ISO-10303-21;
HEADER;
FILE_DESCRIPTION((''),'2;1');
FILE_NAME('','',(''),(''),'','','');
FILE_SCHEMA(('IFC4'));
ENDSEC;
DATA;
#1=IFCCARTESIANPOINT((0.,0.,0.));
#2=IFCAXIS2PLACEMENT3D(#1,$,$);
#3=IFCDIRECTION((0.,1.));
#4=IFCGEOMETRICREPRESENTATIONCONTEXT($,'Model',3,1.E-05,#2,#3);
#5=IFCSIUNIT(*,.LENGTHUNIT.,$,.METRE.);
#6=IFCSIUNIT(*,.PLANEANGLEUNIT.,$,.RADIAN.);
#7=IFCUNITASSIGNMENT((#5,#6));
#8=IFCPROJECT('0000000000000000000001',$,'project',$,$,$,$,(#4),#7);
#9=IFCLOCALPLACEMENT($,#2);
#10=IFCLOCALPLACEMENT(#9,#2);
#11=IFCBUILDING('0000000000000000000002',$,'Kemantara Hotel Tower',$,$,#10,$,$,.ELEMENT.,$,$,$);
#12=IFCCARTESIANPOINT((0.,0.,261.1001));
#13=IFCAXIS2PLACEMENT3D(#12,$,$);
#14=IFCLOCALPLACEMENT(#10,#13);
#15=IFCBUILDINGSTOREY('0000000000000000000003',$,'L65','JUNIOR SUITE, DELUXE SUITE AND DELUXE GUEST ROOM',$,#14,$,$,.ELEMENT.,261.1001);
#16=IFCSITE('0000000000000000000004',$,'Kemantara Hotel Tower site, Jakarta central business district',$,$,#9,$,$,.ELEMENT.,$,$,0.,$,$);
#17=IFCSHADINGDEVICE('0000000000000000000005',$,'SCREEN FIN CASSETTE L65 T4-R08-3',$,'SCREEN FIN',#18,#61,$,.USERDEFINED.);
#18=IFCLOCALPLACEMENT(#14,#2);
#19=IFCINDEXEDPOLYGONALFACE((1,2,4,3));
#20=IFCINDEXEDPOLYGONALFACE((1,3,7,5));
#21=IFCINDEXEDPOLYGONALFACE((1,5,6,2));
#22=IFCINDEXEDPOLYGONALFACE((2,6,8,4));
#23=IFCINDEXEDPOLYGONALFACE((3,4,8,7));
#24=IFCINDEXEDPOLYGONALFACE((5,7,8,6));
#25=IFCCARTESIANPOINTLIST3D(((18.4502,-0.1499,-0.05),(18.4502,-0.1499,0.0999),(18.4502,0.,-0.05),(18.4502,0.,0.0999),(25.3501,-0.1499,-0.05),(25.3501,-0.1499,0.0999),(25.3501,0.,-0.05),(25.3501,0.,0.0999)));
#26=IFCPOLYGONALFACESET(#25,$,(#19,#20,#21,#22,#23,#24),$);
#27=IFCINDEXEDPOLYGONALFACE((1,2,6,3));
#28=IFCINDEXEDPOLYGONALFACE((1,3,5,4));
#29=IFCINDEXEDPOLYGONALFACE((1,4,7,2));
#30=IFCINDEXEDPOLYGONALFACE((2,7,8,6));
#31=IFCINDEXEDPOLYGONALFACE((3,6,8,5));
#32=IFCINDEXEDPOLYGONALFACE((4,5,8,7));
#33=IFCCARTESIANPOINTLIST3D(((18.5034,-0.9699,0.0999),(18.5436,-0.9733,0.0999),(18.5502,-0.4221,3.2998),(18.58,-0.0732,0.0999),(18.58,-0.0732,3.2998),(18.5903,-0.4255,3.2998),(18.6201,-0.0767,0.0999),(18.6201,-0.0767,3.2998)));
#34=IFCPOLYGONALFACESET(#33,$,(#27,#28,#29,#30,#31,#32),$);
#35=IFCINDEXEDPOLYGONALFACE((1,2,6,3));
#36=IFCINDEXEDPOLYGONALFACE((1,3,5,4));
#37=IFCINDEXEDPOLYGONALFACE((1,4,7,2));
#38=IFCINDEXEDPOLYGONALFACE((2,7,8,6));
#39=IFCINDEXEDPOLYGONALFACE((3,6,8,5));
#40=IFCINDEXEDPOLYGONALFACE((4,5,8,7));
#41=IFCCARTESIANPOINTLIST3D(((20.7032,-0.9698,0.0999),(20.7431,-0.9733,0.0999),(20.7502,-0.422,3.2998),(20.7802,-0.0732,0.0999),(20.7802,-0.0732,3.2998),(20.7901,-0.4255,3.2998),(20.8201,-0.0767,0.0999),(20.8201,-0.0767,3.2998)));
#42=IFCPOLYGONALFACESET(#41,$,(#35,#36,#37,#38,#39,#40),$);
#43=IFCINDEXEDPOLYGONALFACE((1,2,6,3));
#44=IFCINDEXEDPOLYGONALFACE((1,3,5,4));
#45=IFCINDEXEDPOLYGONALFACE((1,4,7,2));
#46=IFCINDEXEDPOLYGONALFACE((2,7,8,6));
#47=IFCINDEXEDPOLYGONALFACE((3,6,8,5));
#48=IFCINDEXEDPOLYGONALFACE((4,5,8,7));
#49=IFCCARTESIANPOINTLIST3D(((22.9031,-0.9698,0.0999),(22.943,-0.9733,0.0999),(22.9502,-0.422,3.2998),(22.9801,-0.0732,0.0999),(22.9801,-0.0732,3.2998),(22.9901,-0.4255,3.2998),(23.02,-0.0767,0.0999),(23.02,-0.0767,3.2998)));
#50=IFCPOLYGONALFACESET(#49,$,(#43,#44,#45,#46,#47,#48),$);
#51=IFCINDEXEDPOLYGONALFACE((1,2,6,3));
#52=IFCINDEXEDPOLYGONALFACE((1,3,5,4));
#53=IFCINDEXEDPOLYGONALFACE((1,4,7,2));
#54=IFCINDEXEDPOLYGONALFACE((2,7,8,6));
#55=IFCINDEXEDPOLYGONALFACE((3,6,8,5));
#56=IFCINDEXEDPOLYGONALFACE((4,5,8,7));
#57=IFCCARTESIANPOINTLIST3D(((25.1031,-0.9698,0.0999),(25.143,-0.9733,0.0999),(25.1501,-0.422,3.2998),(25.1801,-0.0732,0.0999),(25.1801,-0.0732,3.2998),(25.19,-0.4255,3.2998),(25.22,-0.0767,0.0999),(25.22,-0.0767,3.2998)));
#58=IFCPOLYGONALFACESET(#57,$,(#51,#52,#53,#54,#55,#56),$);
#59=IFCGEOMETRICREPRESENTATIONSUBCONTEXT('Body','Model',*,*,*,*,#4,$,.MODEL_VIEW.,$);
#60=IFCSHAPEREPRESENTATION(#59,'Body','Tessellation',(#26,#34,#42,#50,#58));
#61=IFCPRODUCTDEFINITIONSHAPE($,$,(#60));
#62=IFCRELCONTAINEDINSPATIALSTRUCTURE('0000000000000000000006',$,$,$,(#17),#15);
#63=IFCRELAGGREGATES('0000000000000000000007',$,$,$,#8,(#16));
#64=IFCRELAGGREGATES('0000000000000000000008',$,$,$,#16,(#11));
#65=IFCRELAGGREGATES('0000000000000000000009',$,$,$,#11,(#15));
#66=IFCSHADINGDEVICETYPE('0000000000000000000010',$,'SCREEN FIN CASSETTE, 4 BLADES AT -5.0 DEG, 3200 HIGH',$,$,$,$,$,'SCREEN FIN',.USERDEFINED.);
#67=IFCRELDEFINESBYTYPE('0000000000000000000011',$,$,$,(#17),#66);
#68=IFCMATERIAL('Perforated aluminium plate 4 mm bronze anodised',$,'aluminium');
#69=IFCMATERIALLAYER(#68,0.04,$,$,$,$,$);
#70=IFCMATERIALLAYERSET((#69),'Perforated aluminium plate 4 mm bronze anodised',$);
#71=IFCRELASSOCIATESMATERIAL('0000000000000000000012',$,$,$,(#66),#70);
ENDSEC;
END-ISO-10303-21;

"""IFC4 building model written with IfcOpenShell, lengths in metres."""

from ifc_helpers import new_model, si_unit, direction, frame, origin, origin_2d, place, context, subcontext, project, spatial, polyline, rectangle, outline, extrude, source, transform, mapped, material, layer, layer_set, type_object, element, save


model = new_model("IFC4")

# Units and contexts
model_context = context("Model", 3, precision=1e-05, world=origin(), true_north=direction((0.0, 1.0)))
body_context = subcontext(model_context, "Body", "Model", "MODEL_VIEW")
ifc_project = project(units=[si_unit("LENGTHUNIT", "METRE"), si_unit("PLANEANGLEUNIT", "RADIAN")], contexts=[model_context])

# Site, building, storey
site_placement = place(None, origin())
site = spatial("IfcSite", under=ifc_project, at=site_placement, Name="Kemantara Hotel Tower site, Jakarta central business district", CompositionType="ELEMENT", RefElevation=0.0)
building_placement = place(site_placement, origin())
building = spatial("IfcBuilding", under=site, at=building_placement, Name="Kemantara Hotel Tower", CompositionType="ELEMENT")
storey_placement = place(building_placement, frame((0.0, 0.0, 261.1001)))
storey = spatial("IfcBuildingStorey", under=building, at=storey_placement, Name="L65", Description="JUNIOR SUITE, DELUXE SUITE AND DELUXE GUEST ROOM", CompositionType="ELEMENT", Elevation=261.1001)

# Shading device
ifc_material_1 = material(Name="Perforated aluminium plate 4 mm bronze anodised", Category="aluminium")
ifc_layer_1 = layer(ifc_material_1, 0.04)
ifc_layer_set_1 = layer_set([ifc_layer_1], Name="Perforated aluminium plate 4 mm bronze anodised")
shading_device_type = type_object("IfcShadingDeviceType", Name="SCREEN FIN CASSETTE, 4 BLADES AT -5.0 DEG, 3200 HIGH", ElementType="SCREEN FIN", PredefinedType="USERDEFINED", material=ifc_layer_set_1)
shared_shape = source(origin(), body_context, "Body", "SweptSolid", [
    extrude(rectangle(XDim=6.8999, YDim=0.1499, at=origin_2d()), frame((3.3, -0.075, -0.1499), z_axis=(0.0, 0.0, 1.0), x_axis=(1.0, 0.0, 0.0)), (0.0, 0.0, 1.0), 0.1499),
    extrude(outline(polyline([(0.0, 0.0), (0.8999, 0.0), (0.3501, 3.2), (0.0, 3.2), (0.0, 0.0)])), frame((0.02, -0.0767, 0.0), z_axis=(-0.996376, 0.085056, 0.0), x_axis=(-0.085056, -0.996376, 0.0)), (0.0, 0.0, 1.0), 0.0403),
    extrude(outline(polyline([(0.0, 0.0), (0.8999, 0.0), (0.3501, 3.2), (0.0, 3.2), (0.0, 0.0)])), frame((2.22, -0.0767, 0.0), z_axis=(-0.996332, 0.085575, 0.0), x_axis=(-0.085575, -0.996332, 0.0)), (0.0, 0.0, 1.0), 0.04),
    extrude(outline(polyline([(0.0, 0.0), (0.8999, 0.0), (0.3501, 3.2), (0.0, 3.2), (0.0, 0.0)])), frame((4.4199, -0.0767, 0.0), z_axis=(-0.996332, 0.085575, 0.0), x_axis=(-0.085575, -0.996332, 0.0)), (0.0, 0.0, 1.0), 0.04),
    extrude(outline(polyline([(0.0, 0.0), (0.8999, 0.0), (0.3501, 3.2), (0.0, 3.2), (0.0, 0.0)])), frame((6.6199, -0.0767, 0.0), z_axis=(-0.996332, 0.085575, 0.0), x_axis=(-0.085575, -0.996332, 0.0)), (0.0, 0.0, 1.0), 0.04),
])
shading_device_placement = place(storey_placement, frame((18.6001, 0.0, 0.0999), z_axis=(0.0, 0.0, 1.0), x_axis=(1.0, 0.0, 0.0)))
element("IfcShadingDevice", 1, at=shading_device_placement, inside=storey, type_object=shading_device_type, Name="SCREEN FIN CASSETTE L65 T4-R08-3", ObjectType="SCREEN FIN", PredefinedType="USERDEFINED", context=body_context, shape_type="MappedRepresentation", body=[
    mapped(shared_shape, transform((0.0, 0.0, 0.0))),
])

save(model, "model.ifc")
